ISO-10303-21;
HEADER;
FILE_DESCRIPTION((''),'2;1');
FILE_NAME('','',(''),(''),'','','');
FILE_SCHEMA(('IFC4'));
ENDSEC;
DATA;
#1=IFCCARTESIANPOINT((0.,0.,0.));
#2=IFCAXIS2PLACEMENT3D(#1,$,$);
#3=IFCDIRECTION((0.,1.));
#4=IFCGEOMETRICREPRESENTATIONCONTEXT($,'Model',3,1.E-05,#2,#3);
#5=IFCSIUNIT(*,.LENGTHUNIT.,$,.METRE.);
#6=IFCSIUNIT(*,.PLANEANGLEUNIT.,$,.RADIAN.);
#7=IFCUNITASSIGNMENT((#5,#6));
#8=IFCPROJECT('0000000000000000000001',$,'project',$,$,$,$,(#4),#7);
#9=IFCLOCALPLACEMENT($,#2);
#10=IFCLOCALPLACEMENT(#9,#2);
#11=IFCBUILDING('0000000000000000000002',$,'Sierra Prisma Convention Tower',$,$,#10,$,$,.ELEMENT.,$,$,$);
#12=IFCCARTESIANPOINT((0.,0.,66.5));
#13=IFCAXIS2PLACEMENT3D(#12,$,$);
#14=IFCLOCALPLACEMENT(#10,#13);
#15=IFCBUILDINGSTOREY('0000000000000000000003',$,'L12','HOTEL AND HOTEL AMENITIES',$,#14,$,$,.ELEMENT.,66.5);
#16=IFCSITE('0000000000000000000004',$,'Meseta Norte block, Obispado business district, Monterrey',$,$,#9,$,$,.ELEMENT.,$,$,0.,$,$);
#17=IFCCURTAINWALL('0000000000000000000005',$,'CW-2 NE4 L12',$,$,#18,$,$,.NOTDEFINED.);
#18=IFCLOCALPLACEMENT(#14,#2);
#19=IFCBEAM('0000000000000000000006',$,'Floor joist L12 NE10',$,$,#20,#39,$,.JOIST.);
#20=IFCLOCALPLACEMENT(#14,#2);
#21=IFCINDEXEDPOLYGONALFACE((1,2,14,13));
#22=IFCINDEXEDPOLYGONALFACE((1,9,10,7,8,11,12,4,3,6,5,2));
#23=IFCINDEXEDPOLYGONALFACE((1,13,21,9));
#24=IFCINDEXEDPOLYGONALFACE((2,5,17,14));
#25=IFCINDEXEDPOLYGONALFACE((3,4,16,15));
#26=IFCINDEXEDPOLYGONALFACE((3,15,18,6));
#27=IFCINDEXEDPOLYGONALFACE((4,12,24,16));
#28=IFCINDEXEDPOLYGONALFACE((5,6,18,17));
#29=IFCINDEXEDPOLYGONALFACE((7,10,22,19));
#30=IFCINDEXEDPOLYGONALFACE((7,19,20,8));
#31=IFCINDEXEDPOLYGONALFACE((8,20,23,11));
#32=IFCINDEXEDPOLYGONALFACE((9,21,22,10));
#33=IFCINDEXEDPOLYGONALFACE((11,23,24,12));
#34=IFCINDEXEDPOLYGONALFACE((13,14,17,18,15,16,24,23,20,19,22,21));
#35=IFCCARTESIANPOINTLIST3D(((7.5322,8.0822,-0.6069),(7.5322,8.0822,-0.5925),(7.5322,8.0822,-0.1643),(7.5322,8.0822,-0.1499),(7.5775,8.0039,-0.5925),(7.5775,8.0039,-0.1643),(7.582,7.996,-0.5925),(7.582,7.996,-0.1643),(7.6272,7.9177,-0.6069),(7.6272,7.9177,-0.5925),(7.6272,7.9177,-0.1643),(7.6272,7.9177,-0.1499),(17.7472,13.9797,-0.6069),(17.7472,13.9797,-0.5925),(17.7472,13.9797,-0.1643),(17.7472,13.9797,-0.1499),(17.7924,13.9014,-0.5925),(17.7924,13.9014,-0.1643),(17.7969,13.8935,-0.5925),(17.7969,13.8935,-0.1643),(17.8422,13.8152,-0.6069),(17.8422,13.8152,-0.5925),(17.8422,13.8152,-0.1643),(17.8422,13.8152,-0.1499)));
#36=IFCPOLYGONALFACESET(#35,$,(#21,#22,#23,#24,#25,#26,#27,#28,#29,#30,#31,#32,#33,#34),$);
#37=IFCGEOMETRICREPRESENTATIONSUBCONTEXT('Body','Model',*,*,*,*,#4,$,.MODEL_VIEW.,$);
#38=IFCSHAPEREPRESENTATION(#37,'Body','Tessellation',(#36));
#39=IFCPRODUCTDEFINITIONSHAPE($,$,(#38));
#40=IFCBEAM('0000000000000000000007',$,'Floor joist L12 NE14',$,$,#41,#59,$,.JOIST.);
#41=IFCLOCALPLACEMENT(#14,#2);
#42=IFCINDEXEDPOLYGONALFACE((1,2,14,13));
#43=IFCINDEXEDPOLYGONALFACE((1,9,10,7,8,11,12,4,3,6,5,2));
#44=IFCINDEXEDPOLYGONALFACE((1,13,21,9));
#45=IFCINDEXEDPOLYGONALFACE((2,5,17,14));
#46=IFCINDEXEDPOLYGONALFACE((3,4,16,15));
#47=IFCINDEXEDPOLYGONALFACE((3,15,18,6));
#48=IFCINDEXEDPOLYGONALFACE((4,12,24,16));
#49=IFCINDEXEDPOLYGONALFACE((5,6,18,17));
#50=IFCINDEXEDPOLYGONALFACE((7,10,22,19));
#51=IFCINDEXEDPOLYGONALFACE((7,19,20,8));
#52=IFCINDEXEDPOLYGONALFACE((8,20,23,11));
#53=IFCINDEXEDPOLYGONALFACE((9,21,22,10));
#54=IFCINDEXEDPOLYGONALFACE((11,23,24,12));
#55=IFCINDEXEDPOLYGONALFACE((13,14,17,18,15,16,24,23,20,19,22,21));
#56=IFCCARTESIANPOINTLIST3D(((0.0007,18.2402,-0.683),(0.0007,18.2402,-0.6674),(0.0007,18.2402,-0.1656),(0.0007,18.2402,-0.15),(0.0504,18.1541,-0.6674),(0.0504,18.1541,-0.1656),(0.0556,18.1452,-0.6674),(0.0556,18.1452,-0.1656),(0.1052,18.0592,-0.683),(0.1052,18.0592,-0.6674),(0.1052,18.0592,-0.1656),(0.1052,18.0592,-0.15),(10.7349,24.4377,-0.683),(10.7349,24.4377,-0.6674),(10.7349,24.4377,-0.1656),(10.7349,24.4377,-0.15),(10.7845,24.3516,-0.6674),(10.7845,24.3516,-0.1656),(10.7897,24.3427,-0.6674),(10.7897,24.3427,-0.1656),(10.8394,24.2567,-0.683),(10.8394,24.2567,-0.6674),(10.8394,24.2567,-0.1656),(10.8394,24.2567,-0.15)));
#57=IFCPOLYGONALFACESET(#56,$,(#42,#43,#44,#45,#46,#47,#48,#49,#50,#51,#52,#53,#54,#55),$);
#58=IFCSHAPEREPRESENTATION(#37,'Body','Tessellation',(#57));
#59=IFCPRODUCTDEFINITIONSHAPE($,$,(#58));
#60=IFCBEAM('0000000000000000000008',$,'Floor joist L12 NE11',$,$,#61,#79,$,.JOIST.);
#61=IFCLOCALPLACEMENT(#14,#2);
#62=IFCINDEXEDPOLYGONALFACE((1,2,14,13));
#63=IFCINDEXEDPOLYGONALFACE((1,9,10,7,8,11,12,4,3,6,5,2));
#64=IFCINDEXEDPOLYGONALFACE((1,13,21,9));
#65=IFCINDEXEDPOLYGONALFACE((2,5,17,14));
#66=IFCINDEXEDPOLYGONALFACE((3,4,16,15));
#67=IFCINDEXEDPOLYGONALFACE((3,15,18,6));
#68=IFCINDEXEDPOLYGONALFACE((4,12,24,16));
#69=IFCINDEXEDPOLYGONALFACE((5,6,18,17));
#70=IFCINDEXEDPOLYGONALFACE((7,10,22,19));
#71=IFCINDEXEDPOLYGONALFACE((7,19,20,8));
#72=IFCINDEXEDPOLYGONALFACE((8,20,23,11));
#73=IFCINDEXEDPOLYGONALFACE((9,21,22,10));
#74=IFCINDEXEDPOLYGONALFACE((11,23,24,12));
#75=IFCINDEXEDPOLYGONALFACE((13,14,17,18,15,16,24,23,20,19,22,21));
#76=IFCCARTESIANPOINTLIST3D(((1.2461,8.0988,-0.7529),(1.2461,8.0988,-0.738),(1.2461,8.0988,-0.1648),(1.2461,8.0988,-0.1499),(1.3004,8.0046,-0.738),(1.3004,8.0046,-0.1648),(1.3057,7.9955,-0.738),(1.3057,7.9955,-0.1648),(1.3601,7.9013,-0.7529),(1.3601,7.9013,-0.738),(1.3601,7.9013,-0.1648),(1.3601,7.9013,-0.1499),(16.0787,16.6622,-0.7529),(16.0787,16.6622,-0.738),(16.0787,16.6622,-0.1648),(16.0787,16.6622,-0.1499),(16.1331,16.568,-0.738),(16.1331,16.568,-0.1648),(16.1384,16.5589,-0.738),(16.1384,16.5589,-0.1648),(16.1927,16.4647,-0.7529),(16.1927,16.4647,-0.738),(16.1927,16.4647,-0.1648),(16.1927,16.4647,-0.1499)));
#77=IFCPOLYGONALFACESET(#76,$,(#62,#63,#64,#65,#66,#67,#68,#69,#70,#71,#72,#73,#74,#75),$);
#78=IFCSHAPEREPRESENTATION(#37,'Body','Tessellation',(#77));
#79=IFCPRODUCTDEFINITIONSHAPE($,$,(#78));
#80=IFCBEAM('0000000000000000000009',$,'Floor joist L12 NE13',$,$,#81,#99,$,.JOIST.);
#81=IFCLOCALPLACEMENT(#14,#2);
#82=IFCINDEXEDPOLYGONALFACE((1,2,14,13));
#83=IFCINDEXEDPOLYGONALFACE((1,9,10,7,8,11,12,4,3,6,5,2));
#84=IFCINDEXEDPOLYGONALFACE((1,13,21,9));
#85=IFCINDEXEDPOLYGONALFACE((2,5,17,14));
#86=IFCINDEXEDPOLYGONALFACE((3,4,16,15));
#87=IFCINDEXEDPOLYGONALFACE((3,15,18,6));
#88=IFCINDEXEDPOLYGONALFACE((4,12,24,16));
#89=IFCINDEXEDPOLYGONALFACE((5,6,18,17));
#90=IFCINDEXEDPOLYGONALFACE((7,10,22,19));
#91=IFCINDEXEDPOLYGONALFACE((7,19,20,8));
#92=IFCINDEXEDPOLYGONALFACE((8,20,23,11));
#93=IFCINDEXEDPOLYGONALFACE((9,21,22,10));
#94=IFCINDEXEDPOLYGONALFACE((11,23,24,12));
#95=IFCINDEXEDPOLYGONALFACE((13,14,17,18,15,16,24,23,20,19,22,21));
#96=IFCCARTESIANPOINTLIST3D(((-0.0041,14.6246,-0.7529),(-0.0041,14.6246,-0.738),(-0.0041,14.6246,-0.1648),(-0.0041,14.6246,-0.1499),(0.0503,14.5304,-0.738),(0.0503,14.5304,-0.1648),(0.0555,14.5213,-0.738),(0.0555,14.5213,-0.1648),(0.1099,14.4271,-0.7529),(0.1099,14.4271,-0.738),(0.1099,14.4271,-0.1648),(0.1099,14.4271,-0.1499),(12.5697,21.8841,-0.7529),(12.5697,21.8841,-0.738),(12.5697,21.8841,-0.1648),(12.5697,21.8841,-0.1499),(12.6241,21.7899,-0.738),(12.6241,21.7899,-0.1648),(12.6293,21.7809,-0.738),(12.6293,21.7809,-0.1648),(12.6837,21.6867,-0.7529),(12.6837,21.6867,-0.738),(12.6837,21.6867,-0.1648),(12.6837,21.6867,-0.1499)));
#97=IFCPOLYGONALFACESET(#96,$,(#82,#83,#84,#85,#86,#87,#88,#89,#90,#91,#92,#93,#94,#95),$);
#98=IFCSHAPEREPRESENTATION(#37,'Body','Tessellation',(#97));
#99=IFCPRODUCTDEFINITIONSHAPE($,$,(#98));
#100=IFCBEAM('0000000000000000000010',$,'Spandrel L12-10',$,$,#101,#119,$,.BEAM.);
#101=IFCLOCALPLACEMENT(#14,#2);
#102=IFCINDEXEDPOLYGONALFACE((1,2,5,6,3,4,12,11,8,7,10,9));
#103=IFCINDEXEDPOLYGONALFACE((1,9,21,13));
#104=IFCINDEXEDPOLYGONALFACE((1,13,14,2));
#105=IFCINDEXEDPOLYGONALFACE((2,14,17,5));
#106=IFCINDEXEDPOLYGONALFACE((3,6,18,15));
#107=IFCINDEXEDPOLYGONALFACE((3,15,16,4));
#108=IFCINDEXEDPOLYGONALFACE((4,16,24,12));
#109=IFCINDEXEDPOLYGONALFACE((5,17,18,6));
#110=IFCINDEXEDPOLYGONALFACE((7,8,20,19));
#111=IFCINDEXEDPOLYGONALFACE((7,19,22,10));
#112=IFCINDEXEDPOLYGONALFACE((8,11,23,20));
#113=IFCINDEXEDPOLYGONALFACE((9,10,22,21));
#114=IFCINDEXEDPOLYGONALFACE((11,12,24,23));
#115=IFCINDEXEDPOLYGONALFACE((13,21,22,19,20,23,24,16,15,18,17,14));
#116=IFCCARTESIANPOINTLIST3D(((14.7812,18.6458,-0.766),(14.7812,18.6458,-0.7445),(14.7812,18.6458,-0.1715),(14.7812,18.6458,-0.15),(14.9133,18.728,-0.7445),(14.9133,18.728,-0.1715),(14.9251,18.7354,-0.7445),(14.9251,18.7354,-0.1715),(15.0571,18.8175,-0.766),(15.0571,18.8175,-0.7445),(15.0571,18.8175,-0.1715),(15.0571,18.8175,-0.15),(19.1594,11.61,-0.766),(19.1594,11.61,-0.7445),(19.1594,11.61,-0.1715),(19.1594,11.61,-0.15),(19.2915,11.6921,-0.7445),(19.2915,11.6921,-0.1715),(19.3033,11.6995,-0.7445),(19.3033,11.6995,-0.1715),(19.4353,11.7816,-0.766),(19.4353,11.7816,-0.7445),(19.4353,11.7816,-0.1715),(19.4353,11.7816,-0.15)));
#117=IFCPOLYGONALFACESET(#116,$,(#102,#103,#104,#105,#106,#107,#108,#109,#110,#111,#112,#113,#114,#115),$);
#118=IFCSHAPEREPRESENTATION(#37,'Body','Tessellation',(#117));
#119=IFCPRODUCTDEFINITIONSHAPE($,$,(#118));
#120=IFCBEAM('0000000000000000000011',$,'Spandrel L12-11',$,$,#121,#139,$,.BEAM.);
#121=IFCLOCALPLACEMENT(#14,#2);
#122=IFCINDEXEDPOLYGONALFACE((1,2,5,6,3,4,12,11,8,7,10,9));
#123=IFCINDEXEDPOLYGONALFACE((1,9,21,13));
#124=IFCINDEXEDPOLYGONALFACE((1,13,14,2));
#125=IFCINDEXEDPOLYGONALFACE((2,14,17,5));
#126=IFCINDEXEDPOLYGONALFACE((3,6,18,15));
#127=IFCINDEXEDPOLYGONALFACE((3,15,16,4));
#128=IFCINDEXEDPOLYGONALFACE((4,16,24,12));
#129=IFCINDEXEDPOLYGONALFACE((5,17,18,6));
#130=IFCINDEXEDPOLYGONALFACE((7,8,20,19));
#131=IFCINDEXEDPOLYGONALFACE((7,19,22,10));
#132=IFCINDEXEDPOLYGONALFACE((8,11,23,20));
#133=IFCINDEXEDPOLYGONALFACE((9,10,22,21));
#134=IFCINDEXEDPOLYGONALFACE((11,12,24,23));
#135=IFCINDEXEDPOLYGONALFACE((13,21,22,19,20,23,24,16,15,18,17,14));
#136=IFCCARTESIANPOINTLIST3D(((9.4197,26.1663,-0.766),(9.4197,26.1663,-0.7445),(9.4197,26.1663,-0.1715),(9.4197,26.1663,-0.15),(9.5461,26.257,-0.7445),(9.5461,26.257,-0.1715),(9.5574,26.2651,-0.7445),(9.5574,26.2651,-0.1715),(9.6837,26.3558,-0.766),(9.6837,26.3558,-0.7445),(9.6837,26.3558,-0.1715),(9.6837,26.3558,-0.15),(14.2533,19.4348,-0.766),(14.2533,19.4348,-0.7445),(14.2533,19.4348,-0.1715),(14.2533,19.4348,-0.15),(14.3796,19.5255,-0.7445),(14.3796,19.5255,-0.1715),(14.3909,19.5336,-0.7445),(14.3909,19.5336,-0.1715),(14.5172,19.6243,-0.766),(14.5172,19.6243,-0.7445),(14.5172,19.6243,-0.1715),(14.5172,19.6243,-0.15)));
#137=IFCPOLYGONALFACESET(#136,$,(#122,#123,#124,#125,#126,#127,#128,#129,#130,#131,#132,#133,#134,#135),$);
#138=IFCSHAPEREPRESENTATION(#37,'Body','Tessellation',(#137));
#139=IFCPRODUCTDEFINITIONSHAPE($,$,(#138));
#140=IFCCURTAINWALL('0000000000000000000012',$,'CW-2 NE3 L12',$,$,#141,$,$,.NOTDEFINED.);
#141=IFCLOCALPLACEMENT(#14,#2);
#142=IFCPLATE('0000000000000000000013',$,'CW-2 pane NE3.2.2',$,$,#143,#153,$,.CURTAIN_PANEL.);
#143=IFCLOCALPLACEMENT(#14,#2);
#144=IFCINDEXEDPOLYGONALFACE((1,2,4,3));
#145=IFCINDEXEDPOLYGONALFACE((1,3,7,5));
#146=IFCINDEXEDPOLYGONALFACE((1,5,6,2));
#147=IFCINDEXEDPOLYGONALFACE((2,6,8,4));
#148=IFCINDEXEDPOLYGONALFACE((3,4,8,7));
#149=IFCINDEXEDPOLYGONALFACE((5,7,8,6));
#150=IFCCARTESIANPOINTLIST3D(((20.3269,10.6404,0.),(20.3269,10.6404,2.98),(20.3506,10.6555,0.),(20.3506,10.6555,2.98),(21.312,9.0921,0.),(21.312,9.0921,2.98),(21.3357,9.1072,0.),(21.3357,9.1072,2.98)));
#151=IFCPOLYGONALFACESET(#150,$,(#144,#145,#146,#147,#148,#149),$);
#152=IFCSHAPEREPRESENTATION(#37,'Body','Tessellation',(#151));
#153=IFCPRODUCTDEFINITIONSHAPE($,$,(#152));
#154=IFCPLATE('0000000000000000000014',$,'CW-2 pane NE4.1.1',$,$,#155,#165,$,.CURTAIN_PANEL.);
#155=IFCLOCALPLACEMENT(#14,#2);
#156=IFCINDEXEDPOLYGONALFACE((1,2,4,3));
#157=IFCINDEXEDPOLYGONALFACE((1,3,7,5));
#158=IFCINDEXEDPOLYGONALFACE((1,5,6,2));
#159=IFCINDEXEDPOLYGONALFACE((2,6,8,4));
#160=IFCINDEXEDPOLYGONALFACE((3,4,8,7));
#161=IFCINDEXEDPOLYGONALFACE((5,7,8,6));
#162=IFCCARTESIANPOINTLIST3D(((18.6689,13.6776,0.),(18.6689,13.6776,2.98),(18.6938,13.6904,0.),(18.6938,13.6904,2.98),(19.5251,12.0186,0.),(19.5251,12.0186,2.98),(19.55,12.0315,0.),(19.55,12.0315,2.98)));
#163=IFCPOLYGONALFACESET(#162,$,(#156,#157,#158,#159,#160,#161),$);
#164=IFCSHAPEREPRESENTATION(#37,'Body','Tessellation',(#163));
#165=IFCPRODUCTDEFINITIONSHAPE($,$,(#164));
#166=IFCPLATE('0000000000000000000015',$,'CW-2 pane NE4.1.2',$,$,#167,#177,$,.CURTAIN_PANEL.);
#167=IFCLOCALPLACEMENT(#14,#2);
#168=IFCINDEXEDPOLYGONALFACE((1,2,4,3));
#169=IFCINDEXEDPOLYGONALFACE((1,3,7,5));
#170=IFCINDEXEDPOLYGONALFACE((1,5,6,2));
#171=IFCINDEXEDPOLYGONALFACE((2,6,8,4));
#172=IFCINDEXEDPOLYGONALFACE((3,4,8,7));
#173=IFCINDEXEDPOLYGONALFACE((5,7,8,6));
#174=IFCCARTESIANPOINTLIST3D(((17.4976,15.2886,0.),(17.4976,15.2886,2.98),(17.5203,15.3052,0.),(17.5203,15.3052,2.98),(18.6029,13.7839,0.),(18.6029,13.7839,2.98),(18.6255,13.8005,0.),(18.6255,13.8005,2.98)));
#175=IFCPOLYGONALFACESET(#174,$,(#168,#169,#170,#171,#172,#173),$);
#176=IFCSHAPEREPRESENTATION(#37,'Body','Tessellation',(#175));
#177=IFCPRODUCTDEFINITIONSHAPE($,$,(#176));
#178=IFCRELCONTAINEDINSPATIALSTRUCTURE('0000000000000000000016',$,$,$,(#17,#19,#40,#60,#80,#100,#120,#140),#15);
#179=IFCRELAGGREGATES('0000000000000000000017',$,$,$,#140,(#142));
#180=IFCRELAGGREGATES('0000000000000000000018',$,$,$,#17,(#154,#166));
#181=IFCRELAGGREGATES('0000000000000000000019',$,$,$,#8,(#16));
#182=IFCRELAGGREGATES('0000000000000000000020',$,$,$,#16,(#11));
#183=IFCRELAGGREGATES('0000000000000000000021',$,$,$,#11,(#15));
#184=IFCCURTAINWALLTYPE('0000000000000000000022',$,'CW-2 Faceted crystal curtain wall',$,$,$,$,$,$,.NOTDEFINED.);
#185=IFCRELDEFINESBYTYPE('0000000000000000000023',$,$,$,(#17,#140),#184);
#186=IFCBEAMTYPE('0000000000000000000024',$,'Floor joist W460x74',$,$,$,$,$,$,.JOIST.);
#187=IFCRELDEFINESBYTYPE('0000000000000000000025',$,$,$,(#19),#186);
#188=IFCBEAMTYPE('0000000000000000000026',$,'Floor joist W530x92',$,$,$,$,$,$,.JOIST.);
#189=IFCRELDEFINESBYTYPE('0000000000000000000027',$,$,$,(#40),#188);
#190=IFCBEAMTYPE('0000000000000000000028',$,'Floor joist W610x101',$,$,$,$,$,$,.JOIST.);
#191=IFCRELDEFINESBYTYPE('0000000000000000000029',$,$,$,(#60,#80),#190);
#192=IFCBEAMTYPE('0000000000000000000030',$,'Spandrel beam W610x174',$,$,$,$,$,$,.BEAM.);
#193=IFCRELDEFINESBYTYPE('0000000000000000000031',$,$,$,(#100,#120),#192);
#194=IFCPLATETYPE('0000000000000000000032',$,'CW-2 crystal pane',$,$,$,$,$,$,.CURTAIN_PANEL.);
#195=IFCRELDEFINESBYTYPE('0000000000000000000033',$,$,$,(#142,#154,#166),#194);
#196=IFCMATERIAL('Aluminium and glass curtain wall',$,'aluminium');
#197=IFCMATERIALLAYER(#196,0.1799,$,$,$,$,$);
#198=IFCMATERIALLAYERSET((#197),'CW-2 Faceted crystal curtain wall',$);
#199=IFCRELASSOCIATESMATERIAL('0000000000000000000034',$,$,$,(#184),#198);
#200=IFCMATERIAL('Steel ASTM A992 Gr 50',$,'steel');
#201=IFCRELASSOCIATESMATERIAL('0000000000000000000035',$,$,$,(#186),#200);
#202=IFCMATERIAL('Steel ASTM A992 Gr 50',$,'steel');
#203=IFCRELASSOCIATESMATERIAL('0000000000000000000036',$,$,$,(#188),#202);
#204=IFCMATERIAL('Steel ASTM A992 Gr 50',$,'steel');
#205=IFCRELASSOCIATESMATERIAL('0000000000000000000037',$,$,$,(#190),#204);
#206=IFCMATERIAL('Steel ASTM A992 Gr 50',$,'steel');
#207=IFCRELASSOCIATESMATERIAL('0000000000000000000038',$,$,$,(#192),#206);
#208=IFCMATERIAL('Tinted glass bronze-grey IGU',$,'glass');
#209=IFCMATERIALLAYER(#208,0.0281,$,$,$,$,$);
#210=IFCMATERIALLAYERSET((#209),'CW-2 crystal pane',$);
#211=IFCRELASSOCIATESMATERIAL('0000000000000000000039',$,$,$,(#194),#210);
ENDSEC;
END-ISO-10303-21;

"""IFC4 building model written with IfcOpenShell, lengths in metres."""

from ifc_helpers import new_model, si_unit, direction, frame, origin, origin_2d, place, context, subcontext, project, spatial, polyline, i_section, outline, extrude, material, layer, layer_set, material_profile, profile_set, type_object, element, aggregate, save


model = new_model("IFC4")

# Units and contexts
model_context = context("Model", 3, precision=1e-05, world=origin(), true_north=direction((0.0, 1.0)))
body_context = subcontext(model_context, "Body", "Model", "MODEL_VIEW")
ifc_project = project(units=[si_unit("LENGTHUNIT", "METRE"), si_unit("PLANEANGLEUNIT", "RADIAN")], contexts=[model_context])

# Site, building, storey
site_placement = place(None, origin())
site = spatial("IfcSite", under=ifc_project, at=site_placement, Name="Meseta Norte block, Obispado business district, Monterrey", CompositionType="ELEMENT", RefElevation=0.0)
building_placement = place(site_placement, origin())
building = spatial("IfcBuilding", under=site, at=building_placement, Name="Sierra Prisma Convention Tower", CompositionType="ELEMENT")
storey_placement = place(building_placement, frame((0.0, 0.0, 66.5)))
storey = spatial("IfcBuildingStorey", under=building, at=storey_placement, Name="L12", Description="HOTEL AND HOTEL AMENITIES", CompositionType="ELEMENT", Elevation=66.5)

# Curtain wall
ifc_material_1 = material(Name="Aluminium and glass curtain wall", Category="aluminium")
ifc_layer_1 = layer(ifc_material_1, 0.1799)
ifc_layer_set_1 = layer_set([ifc_layer_1], Name="CW-2 Faceted crystal curtain wall")
curtain_wall_type = type_object("IfcCurtainWallType", Name="CW-2 Faceted crystal curtain wall", PredefinedType="NOTDEFINED", material=ifc_layer_set_1)
curtain_wall_1_placement = place(storey_placement, origin())
curtain_wall_1 = element("IfcCurtainWall", 1, at=curtain_wall_1_placement, inside=storey, type_object=curtain_wall_type, Name="CW-2 NE4 L12", PredefinedType="NOTDEFINED")

# Beams
ifc_material_2 = material(Name="Steel ASTM A992 Gr 50", Category="steel")
ifc_material_profile_1 = material_profile(ifc_material_2, i_section(OverallWidth=0.1899, OverallDepth=0.457, WebThickness=0.009, FlangeThickness=0.0144, at=origin_2d()), Name="W460x74")
ifc_profile_set_1 = profile_set([ifc_material_profile_1], Name="Steel ASTM A992 Gr 50")
beam_type_1 = type_object("IfcBeamType", Name="Floor joist W460x74", PredefinedType="JOIST", material=ifc_profile_set_1)
beam_1_placement = place(storey_placement, frame((17.7947, 13.8975, -0.3784), z_axis=(-0.866028, -0.499995, 0.0), x_axis=(0.499995, -0.866028, 0.0)))
element("IfcBeam", 2, at=beam_1_placement, inside=storey, type_object=beam_type_1, Name="Floor joist L12 NE10", PredefinedType="JOIST", context=body_context, shape_type="SweptSolid", body=[
    extrude(i_section(OverallWidth=0.1899, OverallDepth=0.457, WebThickness=0.009, FlangeThickness=0.0144, at=origin_2d()), origin(), (0.0, 0.0, 1.0), 11.7952),
])
ifc_material_3 = material(Name="Steel ASTM A992 Gr 50", Category="steel")
ifc_material_profile_2 = material_profile(ifc_material_3, i_section(OverallWidth=0.209, OverallDepth=0.533, WebThickness=0.0103, FlangeThickness=0.0156, at=origin_2d()), Name="W530x92")
ifc_profile_set_2 = profile_set([ifc_material_profile_2], Name="Steel ASTM A992 Gr 50")
beam_type_2 = type_object("IfcBeamType", Name="Floor joist W530x92", PredefinedType="JOIST", material=ifc_profile_set_2)
beam_2_placement = place(storey_placement, frame((10.7871, 24.3472, -0.4165), z_axis=(-0.86602, -0.500009, 0.0), x_axis=(0.500009, -0.86602, 0.0)))
element("IfcBeam", 3, at=beam_2_placement, inside=storey, type_object=beam_type_2, Name="Floor joist L12 NE14", PredefinedType="JOIST", context=body_context, shape_type="SweptSolid", body=[
    extrude(i_section(OverallWidth=0.209, OverallDepth=0.533, WebThickness=0.0103, FlangeThickness=0.0156, at=origin_2d()), origin(), (0.0, 0.0, 1.0), 12.3948),
])
ifc_material_4 = material(Name="Steel ASTM A992 Gr 50", Category="steel")
ifc_material_profile_3 = material_profile(ifc_material_4, i_section(OverallWidth=0.228, OverallDepth=0.603, WebThickness=0.0105, FlangeThickness=0.0149, at=origin_2d()), Name="W610x101")
ifc_profile_set_3 = profile_set([ifc_material_profile_3], Name="Steel ASTM A992 Gr 50")
beam_type_3 = type_object("IfcBeamType", Name="Floor joist W610x101", PredefinedType="JOIST", material=ifc_profile_set_3)
beam_3_placement = place(storey_placement, frame((16.1357, 16.5635, -0.4514), z_axis=(-0.866031, -0.49999, 0.0), x_axis=(0.49999, -0.866031, 0.0)))
element("IfcBeam", 4, at=beam_3_placement, inside=storey, type_object=beam_type_3, Name="Floor joist L12 NE11", PredefinedType="JOIST", context=body_context, shape_type="SweptSolid", body=[
    extrude(i_section(OverallWidth=0.228, OverallDepth=0.603, WebThickness=0.0105, FlangeThickness=0.0149, at=origin_2d()), origin(), (0.0, 0.0, 1.0), 17.1272),
])
beam_4_placement = place(storey_placement, frame((12.6267, 21.7854, -0.4514), z_axis=(-0.866023, -0.500004, 0.0), x_axis=(0.500004, -0.866023, 0.0)))
element("IfcBeam", 5, at=beam_4_placement, inside=storey, type_object=beam_type_3, Name="Floor joist L12 NE13", PredefinedType="JOIST", context=body_context, shape_type="SweptSolid", body=[
    extrude(i_section(OverallWidth=0.228, OverallDepth=0.603, WebThickness=0.0105, FlangeThickness=0.0149, at=origin_2d()), origin(), (0.0, 0.0, 1.0), 14.519),
])
ifc_material_5 = material(Name="Steel ASTM A992 Gr 50", Category="steel")
ifc_material_profile_4 = material_profile(ifc_material_5, i_section(OverallWidth=0.325, OverallDepth=0.616, WebThickness=0.0139, FlangeThickness=0.0215, at=origin_2d()), Name="W610x174")
ifc_profile_set_4 = profile_set([ifc_material_profile_4], Name="Steel ASTM A992 Gr 50")
beam_type_4 = type_object("IfcBeamType", Name="Spandrel beam W610x174", PredefinedType="BEAM", material=ifc_profile_set_4)
beam_5_placement = place(storey_placement, frame((19.2974, 11.6958, -0.458), z_axis=(-0.528327, 0.849041, 0.0), x_axis=(-0.849041, -0.528327, 0.0)))
element("IfcBeam", 6, at=beam_5_placement, inside=storey, type_object=beam_type_4, Name="Spandrel L12-10", PredefinedType="BEAM", context=body_context, shape_type="SweptSolid", body=[
    extrude(i_section(OverallWidth=0.325, OverallDepth=0.616, WebThickness=0.0139, FlangeThickness=0.0215, at=origin_2d()), origin(), (0.0, 0.0, 1.0), 8.2869),
])
beam_6_placement = place(storey_placement, frame((14.3853, 19.5295, -0.458), z_axis=(-0.58326, 0.812286, 0.0), x_axis=(-0.812286, -0.58326, 0.0)))
element("IfcBeam", 7, at=beam_6_placement, inside=storey, type_object=beam_type_4, Name="Spandrel L12-11", PredefinedType="BEAM", context=body_context, shape_type="SweptSolid", body=[
    extrude(i_section(OverallWidth=0.325, OverallDepth=0.616, WebThickness=0.0139, FlangeThickness=0.0215, at=origin_2d()), origin(), (0.0, 0.0, 1.0), 8.2871),
])

# Curtain wall, plate
curtain_wall_2_placement = place(storey_placement, origin())
curtain_wall_2 = element("IfcCurtainWall", 8, at=curtain_wall_2_placement, inside=storey, type_object=curtain_wall_type, Name="CW-2 NE3 L12", PredefinedType="NOTDEFINED")
ifc_material_6 = material(Name="Tinted glass bronze-grey IGU", Category="glass")
ifc_layer_2 = layer(ifc_material_6, 0.0281)
ifc_layer_set_2 = layer_set([ifc_layer_2], Name="CW-2 crystal pane")
plate_type = type_object("IfcPlateType", Name="CW-2 crystal pane", PredefinedType="CURTAIN_PANEL", material=ifc_layer_set_2)
plate_1_placement = place(storey_placement, frame((20.3506, 10.6555, 0.0), z_axis=(0.843711, 0.536798, 0.0), x_axis=(0.536798, -0.843711, 0.0)))
plate_1 = element("IfcPlate", 9, at=plate_1_placement, type_object=plate_type, Name="CW-2 pane NE3.2.2", PredefinedType="CURTAIN_PANEL", context=body_context, shape_type="SweptSolid", body=[
    extrude(outline(polyline([(0.0, 0.0), (1.8352, 0.0), (1.8352, -2.98), (0.0, -2.98), (0.0, 0.0)])), origin(), (0.0, 0.0, -1.0), 0.0281),
])
aggregate(curtain_wall_2, [plate_1])

# Plates
plate_2_placement = place(storey_placement, frame((19.55, 12.0315, 0.0), z_axis=(0.888626, 0.458633, 0.0), x_axis=(-0.458633, 0.888626, 0.0)))
plate_2 = element("IfcPlate", 10, at=plate_2_placement, type_object=plate_type, Name="CW-2 pane NE4.1.1", PredefinedType="CURTAIN_PANEL", context=body_context, shape_type="SweptSolid", body=[
    extrude(outline(polyline([(0.0, 0.0), (1.8669, 0.0), (1.8669, 2.98), (0.0, 2.98), (0.0, 0.0)])), origin(), (0.0, 0.0, -1.0), 0.0281),
])
plate_3_placement = place(storey_placement, frame((17.5203, 15.3052, 0.0), z_axis=(0.805939, 0.591998, 0.0), x_axis=(0.591998, -0.805939, 0.0)))
plate_3 = element("IfcPlate", 11, at=plate_3_placement, type_object=plate_type, Name="CW-2 pane NE4.1.2", PredefinedType="CURTAIN_PANEL", context=body_context, shape_type="SweptSolid", body=[
    extrude(outline(polyline([(0.0, 0.0), (1.8669, 0.0), (1.8669, -2.98), (0.0, -2.98), (0.0, 0.0)])), origin(), (0.0, 0.0, -1.0), 0.0281),
])
aggregate(curtain_wall_1, [plate_2, plate_3])

save(model, "model.ifc")
